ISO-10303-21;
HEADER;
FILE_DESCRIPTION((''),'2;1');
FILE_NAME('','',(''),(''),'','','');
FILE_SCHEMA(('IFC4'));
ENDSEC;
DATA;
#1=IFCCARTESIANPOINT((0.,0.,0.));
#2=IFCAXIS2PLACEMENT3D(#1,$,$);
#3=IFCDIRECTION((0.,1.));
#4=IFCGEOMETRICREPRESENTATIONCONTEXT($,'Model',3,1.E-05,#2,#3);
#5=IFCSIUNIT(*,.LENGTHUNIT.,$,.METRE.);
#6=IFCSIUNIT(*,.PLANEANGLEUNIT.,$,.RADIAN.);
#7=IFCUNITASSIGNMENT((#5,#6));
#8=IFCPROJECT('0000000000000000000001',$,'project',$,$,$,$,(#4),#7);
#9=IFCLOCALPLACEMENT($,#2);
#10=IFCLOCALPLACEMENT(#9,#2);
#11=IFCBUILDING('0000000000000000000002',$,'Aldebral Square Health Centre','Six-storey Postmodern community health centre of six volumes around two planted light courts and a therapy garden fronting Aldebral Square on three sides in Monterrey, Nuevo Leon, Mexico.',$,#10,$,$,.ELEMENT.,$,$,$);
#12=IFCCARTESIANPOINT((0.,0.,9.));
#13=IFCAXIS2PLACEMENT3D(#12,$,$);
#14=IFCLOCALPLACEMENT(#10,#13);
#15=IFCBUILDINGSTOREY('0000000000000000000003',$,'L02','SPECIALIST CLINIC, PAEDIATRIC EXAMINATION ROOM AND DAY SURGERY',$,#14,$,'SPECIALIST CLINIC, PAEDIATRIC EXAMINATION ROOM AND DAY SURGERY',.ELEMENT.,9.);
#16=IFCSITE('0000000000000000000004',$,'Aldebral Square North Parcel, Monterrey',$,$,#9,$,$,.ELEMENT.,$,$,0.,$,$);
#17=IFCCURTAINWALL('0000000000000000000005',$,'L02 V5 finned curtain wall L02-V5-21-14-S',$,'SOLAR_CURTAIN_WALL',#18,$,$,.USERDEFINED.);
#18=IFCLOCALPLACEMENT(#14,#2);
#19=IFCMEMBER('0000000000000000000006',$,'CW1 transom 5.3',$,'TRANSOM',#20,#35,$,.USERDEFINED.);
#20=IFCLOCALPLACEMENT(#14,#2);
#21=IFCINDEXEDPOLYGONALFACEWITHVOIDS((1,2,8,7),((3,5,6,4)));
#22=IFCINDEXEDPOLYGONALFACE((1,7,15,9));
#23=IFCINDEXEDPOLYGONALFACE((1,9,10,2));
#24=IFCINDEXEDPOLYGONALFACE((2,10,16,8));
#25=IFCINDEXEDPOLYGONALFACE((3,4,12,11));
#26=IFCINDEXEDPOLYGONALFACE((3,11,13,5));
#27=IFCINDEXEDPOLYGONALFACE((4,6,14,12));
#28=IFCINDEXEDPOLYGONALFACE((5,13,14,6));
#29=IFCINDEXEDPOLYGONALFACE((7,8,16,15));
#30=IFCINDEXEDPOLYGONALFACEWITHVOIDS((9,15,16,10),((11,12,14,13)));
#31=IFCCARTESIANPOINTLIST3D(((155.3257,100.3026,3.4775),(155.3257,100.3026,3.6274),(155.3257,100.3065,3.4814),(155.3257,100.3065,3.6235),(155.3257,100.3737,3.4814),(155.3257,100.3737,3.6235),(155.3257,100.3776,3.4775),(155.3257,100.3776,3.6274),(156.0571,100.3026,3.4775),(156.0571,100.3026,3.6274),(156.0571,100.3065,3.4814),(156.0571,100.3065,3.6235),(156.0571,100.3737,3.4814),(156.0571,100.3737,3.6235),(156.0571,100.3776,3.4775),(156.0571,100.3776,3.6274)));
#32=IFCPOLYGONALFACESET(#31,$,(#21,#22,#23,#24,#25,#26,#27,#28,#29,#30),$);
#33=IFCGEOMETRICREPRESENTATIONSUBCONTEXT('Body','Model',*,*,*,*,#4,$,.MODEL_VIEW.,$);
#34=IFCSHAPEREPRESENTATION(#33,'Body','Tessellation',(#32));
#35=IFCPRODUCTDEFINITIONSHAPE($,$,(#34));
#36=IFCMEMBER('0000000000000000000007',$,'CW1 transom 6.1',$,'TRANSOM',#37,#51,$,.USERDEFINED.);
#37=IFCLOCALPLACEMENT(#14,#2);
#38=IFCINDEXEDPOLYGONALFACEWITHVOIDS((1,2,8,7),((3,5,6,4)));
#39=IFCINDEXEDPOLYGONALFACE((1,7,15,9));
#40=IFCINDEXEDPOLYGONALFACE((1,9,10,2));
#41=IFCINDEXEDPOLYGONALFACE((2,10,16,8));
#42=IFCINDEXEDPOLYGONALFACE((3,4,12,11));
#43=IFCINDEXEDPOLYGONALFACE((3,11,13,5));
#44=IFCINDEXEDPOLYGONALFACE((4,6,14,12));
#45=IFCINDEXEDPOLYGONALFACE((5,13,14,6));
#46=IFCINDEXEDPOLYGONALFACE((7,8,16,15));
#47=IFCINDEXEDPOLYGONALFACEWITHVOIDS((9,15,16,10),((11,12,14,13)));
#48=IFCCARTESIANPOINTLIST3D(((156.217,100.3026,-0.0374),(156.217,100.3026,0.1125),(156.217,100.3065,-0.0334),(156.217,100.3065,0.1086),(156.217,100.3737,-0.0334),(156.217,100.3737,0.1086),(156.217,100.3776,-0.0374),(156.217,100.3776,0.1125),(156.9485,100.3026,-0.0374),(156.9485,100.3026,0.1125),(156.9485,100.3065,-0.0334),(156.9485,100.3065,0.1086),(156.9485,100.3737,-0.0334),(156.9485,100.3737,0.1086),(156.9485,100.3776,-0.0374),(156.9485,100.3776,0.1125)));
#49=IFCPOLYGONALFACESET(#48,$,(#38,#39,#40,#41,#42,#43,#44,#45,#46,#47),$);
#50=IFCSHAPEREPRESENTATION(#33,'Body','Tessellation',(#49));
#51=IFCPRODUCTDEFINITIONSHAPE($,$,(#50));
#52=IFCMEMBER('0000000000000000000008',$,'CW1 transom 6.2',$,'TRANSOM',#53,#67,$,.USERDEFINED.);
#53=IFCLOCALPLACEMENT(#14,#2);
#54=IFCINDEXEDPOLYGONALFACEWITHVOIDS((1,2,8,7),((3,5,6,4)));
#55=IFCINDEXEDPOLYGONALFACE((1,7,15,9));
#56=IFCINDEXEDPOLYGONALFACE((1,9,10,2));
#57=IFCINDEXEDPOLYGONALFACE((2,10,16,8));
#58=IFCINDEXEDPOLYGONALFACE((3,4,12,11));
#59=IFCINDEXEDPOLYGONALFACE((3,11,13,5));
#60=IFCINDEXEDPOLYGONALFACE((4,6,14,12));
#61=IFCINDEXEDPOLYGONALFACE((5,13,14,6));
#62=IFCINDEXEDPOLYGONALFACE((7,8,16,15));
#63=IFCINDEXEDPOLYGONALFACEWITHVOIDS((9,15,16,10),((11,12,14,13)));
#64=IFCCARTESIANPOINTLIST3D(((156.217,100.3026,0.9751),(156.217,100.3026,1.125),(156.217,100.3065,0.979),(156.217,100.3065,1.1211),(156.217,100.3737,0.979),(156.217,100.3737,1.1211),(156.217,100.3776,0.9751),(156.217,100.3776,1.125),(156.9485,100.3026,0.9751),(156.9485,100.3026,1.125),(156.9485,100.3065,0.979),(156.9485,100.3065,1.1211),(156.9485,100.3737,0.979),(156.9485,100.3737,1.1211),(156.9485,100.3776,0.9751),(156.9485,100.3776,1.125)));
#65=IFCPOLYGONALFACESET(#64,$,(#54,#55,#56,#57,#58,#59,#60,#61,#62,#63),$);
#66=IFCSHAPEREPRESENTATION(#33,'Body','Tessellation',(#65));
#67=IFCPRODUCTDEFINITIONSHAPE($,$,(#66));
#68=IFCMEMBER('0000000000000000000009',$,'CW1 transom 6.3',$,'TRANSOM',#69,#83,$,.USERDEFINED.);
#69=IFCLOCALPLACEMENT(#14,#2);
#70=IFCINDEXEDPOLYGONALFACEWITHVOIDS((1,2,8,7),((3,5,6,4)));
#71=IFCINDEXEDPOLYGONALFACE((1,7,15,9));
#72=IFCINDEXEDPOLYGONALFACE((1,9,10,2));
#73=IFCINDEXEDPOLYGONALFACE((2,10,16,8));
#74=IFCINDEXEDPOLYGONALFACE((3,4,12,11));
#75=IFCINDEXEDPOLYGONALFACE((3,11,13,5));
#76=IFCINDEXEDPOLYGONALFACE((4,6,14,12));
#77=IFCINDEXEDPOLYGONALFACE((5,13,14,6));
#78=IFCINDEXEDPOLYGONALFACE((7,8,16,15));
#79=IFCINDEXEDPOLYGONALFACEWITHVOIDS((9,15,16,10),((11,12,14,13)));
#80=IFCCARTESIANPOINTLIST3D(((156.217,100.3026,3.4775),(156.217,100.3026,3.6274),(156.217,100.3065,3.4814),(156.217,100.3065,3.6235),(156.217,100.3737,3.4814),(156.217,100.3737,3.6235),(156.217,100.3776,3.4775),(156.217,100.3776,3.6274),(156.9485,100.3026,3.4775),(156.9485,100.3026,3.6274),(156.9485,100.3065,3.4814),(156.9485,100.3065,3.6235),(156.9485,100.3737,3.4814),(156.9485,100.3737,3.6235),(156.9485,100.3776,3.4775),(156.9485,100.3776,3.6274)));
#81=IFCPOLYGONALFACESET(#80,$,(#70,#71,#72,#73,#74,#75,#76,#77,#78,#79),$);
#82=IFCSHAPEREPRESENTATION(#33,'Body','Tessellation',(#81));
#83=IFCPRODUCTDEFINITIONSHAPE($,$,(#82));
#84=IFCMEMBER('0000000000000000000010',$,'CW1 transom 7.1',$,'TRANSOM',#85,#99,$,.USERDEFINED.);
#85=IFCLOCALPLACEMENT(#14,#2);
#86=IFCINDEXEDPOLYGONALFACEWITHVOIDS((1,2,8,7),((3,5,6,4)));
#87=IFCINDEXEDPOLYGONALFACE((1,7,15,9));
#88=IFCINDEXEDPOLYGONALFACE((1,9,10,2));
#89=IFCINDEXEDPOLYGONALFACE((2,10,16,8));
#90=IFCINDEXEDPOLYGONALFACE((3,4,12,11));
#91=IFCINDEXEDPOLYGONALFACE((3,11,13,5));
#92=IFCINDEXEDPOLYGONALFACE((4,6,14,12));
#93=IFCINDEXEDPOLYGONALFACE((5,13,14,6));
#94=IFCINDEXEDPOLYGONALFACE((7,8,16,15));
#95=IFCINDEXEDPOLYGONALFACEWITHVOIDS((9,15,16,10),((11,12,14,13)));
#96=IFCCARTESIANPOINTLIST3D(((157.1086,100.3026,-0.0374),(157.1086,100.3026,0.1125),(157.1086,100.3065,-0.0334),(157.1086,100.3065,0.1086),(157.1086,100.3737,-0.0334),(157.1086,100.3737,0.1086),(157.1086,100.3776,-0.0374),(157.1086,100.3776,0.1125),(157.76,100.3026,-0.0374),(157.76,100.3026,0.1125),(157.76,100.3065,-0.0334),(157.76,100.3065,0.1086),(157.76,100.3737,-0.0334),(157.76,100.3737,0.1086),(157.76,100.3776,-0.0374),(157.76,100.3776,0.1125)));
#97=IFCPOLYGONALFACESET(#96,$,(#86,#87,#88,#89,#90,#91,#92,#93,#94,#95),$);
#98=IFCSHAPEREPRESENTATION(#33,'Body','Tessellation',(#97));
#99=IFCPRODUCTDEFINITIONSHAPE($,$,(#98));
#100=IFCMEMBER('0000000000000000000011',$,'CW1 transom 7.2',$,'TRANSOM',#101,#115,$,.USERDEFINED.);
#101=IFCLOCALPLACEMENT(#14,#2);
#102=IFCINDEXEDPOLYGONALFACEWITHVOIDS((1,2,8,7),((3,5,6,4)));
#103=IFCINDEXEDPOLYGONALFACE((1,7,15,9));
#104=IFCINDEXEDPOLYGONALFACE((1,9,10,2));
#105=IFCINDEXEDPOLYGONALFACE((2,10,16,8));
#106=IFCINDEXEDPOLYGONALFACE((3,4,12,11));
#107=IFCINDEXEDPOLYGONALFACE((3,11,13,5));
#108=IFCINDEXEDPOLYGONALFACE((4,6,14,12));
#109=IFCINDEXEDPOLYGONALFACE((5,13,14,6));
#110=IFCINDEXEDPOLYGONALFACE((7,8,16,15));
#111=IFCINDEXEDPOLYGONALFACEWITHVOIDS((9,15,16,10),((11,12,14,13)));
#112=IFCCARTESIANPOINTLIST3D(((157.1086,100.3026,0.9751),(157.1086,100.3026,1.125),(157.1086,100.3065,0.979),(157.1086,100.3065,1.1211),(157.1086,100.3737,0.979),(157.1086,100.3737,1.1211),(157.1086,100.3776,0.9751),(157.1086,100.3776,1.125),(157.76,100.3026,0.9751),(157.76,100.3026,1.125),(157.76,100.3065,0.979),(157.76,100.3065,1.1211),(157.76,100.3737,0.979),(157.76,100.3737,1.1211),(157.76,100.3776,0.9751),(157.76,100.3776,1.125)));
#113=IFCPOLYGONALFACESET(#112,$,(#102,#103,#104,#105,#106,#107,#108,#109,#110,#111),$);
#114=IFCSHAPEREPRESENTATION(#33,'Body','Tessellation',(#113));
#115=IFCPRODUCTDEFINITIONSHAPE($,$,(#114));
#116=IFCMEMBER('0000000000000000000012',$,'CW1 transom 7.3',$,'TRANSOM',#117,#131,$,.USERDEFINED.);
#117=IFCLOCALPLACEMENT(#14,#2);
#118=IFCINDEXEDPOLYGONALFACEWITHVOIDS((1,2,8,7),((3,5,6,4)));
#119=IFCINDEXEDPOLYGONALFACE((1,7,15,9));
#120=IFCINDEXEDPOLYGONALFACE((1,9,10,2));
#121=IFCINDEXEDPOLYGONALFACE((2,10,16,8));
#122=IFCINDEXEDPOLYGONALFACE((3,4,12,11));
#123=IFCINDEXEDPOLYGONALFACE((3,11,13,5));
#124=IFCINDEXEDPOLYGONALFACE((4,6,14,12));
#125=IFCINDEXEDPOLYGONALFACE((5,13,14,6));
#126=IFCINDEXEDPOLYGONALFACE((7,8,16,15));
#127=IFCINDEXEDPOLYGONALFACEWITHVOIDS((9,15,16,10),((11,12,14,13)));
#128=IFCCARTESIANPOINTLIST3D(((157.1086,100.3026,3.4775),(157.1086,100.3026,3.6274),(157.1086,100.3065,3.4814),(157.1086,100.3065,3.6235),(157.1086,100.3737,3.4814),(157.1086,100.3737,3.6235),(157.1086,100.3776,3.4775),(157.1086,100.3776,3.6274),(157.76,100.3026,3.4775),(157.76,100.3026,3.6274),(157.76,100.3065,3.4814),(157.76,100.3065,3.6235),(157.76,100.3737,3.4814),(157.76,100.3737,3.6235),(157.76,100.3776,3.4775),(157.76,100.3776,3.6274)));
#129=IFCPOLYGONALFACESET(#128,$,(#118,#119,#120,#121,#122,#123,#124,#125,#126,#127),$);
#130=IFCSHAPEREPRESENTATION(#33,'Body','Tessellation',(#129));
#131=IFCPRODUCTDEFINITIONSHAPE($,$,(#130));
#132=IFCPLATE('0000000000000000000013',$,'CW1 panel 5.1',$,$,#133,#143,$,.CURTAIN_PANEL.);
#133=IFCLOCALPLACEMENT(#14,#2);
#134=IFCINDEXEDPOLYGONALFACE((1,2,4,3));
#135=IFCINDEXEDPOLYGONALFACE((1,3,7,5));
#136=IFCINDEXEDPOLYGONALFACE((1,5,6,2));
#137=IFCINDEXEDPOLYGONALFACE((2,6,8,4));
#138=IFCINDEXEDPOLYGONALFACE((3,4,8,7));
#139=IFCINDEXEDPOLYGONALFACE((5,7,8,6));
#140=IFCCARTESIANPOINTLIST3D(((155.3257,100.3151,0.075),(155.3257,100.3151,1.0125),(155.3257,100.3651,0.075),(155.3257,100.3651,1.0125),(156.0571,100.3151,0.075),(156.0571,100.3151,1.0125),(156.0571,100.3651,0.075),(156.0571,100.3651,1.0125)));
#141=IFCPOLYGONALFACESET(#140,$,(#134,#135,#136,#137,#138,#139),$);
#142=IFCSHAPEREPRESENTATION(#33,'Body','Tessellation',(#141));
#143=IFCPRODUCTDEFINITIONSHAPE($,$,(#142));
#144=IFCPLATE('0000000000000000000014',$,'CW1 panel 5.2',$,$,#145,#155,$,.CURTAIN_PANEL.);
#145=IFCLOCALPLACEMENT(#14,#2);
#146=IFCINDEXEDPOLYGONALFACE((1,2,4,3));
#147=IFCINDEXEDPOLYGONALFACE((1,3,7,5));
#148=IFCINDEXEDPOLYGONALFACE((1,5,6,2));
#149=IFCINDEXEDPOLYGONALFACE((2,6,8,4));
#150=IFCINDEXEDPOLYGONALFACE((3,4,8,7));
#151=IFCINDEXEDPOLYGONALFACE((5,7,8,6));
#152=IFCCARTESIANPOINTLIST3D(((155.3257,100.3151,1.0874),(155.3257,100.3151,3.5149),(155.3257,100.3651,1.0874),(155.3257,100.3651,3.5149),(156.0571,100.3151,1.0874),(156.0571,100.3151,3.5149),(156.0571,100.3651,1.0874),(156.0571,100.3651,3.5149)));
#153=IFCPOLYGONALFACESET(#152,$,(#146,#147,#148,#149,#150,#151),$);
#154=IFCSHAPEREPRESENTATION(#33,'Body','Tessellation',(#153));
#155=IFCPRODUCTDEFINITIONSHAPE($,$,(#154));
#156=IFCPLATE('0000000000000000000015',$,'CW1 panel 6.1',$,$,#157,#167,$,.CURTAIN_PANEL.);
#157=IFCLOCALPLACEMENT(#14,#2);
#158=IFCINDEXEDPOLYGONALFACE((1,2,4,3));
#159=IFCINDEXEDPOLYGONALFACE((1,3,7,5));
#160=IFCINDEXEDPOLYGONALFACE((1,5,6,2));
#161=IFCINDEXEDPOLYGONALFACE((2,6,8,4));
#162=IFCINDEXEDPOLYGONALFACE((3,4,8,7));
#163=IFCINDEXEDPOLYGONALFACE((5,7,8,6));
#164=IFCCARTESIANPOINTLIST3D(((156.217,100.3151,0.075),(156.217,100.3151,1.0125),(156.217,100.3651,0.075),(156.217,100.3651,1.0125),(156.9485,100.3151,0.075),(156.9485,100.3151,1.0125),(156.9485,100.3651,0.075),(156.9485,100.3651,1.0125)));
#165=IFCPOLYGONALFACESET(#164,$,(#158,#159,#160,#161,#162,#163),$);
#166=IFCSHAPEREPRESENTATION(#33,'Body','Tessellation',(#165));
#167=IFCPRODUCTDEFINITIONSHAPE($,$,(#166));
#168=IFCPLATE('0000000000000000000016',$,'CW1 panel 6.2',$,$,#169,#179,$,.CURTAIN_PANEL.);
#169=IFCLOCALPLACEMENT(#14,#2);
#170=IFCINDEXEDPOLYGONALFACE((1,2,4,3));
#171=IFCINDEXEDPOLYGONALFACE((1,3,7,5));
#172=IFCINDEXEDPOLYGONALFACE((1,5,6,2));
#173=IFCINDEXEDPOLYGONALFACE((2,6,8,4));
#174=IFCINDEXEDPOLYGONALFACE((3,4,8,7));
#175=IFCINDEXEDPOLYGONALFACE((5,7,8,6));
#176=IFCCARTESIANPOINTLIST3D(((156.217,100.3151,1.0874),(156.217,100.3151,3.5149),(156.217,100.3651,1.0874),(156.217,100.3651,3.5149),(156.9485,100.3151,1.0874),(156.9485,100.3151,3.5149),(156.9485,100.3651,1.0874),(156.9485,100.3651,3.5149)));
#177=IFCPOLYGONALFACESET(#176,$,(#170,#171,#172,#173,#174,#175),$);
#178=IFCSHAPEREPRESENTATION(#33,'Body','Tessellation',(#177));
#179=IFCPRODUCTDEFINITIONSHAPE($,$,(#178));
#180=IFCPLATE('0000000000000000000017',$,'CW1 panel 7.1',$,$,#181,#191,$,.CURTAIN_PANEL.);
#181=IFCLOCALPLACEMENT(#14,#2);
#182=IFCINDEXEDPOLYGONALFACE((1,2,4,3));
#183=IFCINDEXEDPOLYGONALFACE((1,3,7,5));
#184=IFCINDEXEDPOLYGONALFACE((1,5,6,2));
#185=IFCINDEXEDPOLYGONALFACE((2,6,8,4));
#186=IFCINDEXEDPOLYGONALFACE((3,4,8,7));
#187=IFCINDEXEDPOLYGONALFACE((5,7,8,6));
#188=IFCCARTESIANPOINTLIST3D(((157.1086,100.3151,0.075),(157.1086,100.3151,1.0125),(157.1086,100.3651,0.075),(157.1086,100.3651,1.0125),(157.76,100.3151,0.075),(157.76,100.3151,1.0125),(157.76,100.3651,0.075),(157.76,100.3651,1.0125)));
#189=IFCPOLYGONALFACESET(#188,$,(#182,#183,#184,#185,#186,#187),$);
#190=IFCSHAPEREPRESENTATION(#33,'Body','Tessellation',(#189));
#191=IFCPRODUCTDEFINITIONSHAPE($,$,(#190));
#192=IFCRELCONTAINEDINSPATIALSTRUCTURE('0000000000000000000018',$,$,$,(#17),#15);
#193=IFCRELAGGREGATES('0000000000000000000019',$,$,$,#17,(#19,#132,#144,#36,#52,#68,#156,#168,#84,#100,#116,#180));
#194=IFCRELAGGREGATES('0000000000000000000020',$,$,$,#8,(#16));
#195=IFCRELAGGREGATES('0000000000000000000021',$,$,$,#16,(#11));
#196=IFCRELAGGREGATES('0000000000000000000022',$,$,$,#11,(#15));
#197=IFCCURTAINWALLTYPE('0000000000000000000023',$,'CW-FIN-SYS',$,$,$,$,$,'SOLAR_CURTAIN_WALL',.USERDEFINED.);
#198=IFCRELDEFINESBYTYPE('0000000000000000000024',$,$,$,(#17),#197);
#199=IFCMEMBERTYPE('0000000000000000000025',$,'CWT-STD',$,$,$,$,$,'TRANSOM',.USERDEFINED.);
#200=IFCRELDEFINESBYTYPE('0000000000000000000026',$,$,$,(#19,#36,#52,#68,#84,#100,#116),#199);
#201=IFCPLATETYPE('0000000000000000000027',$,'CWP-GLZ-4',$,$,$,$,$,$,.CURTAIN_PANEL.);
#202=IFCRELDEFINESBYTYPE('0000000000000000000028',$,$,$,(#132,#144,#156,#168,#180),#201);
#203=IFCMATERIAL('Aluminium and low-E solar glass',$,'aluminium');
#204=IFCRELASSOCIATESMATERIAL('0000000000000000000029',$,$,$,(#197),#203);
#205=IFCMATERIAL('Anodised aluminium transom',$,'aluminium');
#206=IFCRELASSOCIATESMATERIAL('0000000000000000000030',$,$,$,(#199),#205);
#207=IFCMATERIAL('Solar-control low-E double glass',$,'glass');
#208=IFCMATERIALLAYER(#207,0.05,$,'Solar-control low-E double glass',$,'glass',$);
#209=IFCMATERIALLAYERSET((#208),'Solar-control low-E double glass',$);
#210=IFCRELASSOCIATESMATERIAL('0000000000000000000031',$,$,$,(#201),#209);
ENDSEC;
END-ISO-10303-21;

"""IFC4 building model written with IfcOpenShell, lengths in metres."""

from ifc_helpers import new_model, si_unit, direction, frame, origin, origin_2d, place, context, subcontext, project, spatial, rectangle, hollow_rectangle, extrude, material, layer, layer_set, material_profile, profile_set, type_object, element, aggregate, save


model = new_model("IFC4")

# Units and contexts
model_context = context("Model", 3, precision=1e-05, world=origin(), true_north=direction((0.0, 1.0)))
body_context = subcontext(model_context, "Body", "Model", "MODEL_VIEW")
ifc_project = project(units=[si_unit("LENGTHUNIT", "METRE"), si_unit("PLANEANGLEUNIT", "RADIAN")], contexts=[model_context])

# Site, building, storey
site_placement = place(None, origin())
site = spatial("IfcSite", under=ifc_project, at=site_placement, Name="Aldebral Square North Parcel, Monterrey", CompositionType="ELEMENT", RefElevation=0.0)
building_placement = place(site_placement, origin())
building = spatial("IfcBuilding", under=site, at=building_placement, Name="Aldebral Square Health Centre", Description="Six-storey Postmodern community health centre of six volumes around two planted light courts and a therapy garden fronting Aldebral Square on three sides in Monterrey, Nuevo Leon, Mexico.", CompositionType="ELEMENT")
storey_placement = place(building_placement, frame((0.0, 0.0, 9.0)))
storey = spatial("IfcBuildingStorey", under=building, at=storey_placement, Name="L02", Description="SPECIALIST CLINIC, PAEDIATRIC EXAMINATION ROOM AND DAY SURGERY", LongName="SPECIALIST CLINIC, PAEDIATRIC EXAMINATION ROOM AND DAY SURGERY", CompositionType="ELEMENT", Elevation=9.0)

# Curtain wall, members, plates
ifc_material_1 = material(Name="Aluminium and low-E solar glass", Category="aluminium")
curtain_wall_type = type_object("IfcCurtainWallType", Name="CW-FIN-SYS", ElementType="SOLAR_CURTAIN_WALL", PredefinedType="USERDEFINED", material=ifc_material_1)
curtain_wall_placement = place(storey_placement, origin())
curtain_wall = element("IfcCurtainWall", 1, at=curtain_wall_placement, inside=storey, type_object=curtain_wall_type, Name="L02 V5 finned curtain wall L02-V5-21-14-S", ObjectType="SOLAR_CURTAIN_WALL", PredefinedType="USERDEFINED")
ifc_material_2 = material(Name="Anodised aluminium transom", Category="aluminium")
ifc_material_profile_1 = material_profile(ifc_material_2, hollow_rectangle(XDim=0.075, YDim=0.1499, WallThickness=0.0039, at=origin_2d()), Name="CWT 75x150x4")
ifc_profile_set_1 = profile_set([ifc_material_profile_1], Name="Anodised aluminium transom")
member_type_1 = type_object("IfcMemberType", Name="CWT-STD", ElementType="TRANSOM", PredefinedType="USERDEFINED", material=ifc_profile_set_1)
member_1_placement = place(storey_placement, frame((155.3257, 100.3401, 3.5525), z_axis=(1.0, 0.0, 0.0), x_axis=(0.0, 1.0, 0.0)))
member_1 = element("IfcMember", 2, at=member_1_placement, type_object=member_type_1, Name="CW1 transom 5.3", ObjectType="TRANSOM", PredefinedType="USERDEFINED", context=body_context, shape_type="SweptSolid", body=[
    extrude(hollow_rectangle(XDim=0.075, YDim=0.1499, WallThickness=0.0039, at=origin_2d()), origin(), (0.0, 0.0, 1.0), 0.7314),
])
member_2_placement = place(storey_placement, frame((156.217, 100.3401, 0.0376), z_axis=(1.0, 0.0, 0.0), x_axis=(0.0, 1.0, 0.0)))
member_2 = element("IfcMember", 3, at=member_2_placement, type_object=member_type_1, Name="CW1 transom 6.1", ObjectType="TRANSOM", PredefinedType="USERDEFINED", context=body_context, shape_type="SweptSolid", body=[
    extrude(hollow_rectangle(XDim=0.075, YDim=0.1499, WallThickness=0.0039, at=origin_2d()), origin(), (0.0, 0.0, 1.0), 0.7314),
])
member_3_placement = place(storey_placement, frame((156.217, 100.3401, 1.05), z_axis=(1.0, 0.0, 0.0), x_axis=(0.0, 1.0, 0.0)))
member_3 = element("IfcMember", 4, at=member_3_placement, type_object=member_type_1, Name="CW1 transom 6.2", ObjectType="TRANSOM", PredefinedType="USERDEFINED", context=body_context, shape_type="SweptSolid", body=[
    extrude(hollow_rectangle(XDim=0.075, YDim=0.1499, WallThickness=0.0039, at=origin_2d()), origin(), (0.0, 0.0, 1.0), 0.7314),
])
member_4_placement = place(storey_placement, frame((156.217, 100.3401, 3.5525), z_axis=(1.0, 0.0, 0.0), x_axis=(0.0, 1.0, 0.0)))
member_4 = element("IfcMember", 5, at=member_4_placement, type_object=member_type_1, Name="CW1 transom 6.3", ObjectType="TRANSOM", PredefinedType="USERDEFINED", context=body_context, shape_type="SweptSolid", body=[
    extrude(hollow_rectangle(XDim=0.075, YDim=0.1499, WallThickness=0.0039, at=origin_2d()), origin(), (0.0, 0.0, 1.0), 0.7314),
])
member_5_placement = place(storey_placement, frame((157.1086, 100.3401, 0.0376), z_axis=(1.0, 0.0, 0.0), x_axis=(0.0, 1.0, 0.0)))
member_5 = element("IfcMember", 6, at=member_5_placement, type_object=member_type_1, Name="CW1 transom 7.1", ObjectType="TRANSOM", PredefinedType="USERDEFINED", context=body_context, shape_type="SweptSolid", body=[
    extrude(hollow_rectangle(XDim=0.075, YDim=0.1499, WallThickness=0.0039, at=origin_2d()), origin(), (0.0, 0.0, 1.0), 0.6514),
])
member_6_placement = place(storey_placement, frame((157.1086, 100.3401, 1.05), z_axis=(1.0, 0.0, 0.0), x_axis=(0.0, 1.0, 0.0)))
member_6 = element("IfcMember", 7, at=member_6_placement, type_object=member_type_1, Name="CW1 transom 7.2", ObjectType="TRANSOM", PredefinedType="USERDEFINED", context=body_context, shape_type="SweptSolid", body=[
    extrude(hollow_rectangle(XDim=0.075, YDim=0.1499, WallThickness=0.0039, at=origin_2d()), origin(), (0.0, 0.0, 1.0), 0.6514),
])
member_7_placement = place(storey_placement, frame((157.1086, 100.3401, 3.5525), z_axis=(1.0, 0.0, 0.0), x_axis=(0.0, 1.0, 0.0)))
member_7 = element("IfcMember", 8, at=member_7_placement, type_object=member_type_1, Name="CW1 transom 7.3", ObjectType="TRANSOM", PredefinedType="USERDEFINED", context=body_context, shape_type="SweptSolid", body=[
    extrude(hollow_rectangle(XDim=0.075, YDim=0.1499, WallThickness=0.0039, at=origin_2d()), origin(), (0.0, 0.0, 1.0), 0.6514),
])
ifc_material_3 = material(Name="Solar-control low-E double glass", Category="glass")
ifc_layer_1 = layer(ifc_material_3, 0.05, Name="Solar-control low-E double glass", Category="glass")
ifc_layer_set_1 = layer_set([ifc_layer_1], Name="Solar-control low-E double glass")
plate_type = type_object("IfcPlateType", Name="CWP-GLZ-4", PredefinedType="CURTAIN_PANEL", material=ifc_layer_set_1)
plate_1_placement = place(storey_placement, frame((155.6914, 100.3401, 0.075), z_axis=(0.0, 0.0, 1.0), x_axis=(1.0, 0.0, 0.0)))
plate_1 = element("IfcPlate", 9, at=plate_1_placement, type_object=plate_type, Name="CW1 panel 5.1", PredefinedType="CURTAIN_PANEL", context=body_context, shape_type="SweptSolid", body=[
    extrude(rectangle(XDim=0.7314, YDim=0.05, at=origin_2d()), origin(), (0.0, 0.0, 1.0), 0.9375),
])
plate_2_placement = place(storey_placement, frame((155.6914, 100.3401, 1.0874), z_axis=(0.0, 0.0, 1.0), x_axis=(1.0, 0.0, 0.0)))
plate_2 = element("IfcPlate", 10, at=plate_2_placement, type_object=plate_type, Name="CW1 panel 5.2", PredefinedType="CURTAIN_PANEL", context=body_context, shape_type="SweptSolid", body=[
    extrude(rectangle(XDim=0.7314, YDim=0.05, at=origin_2d()), origin(), (0.0, 0.0, 1.0), 2.4275),
])
plate_3_placement = place(storey_placement, frame((156.5828, 100.3401, 0.075), z_axis=(0.0, 0.0, 1.0), x_axis=(1.0, 0.0, 0.0)))
plate_3 = element("IfcPlate", 11, at=plate_3_placement, type_object=plate_type, Name="CW1 panel 6.1", PredefinedType="CURTAIN_PANEL", context=body_context, shape_type="SweptSolid", body=[
    extrude(rectangle(XDim=0.7314, YDim=0.05, at=origin_2d()), origin(), (0.0, 0.0, 1.0), 0.9375),
])
plate_4_placement = place(storey_placement, frame((156.5828, 100.3401, 1.0874), z_axis=(0.0, 0.0, 1.0), x_axis=(1.0, 0.0, 0.0)))
plate_4 = element("IfcPlate", 12, at=plate_4_placement, type_object=plate_type, Name="CW1 panel 6.2", PredefinedType="CURTAIN_PANEL", context=body_context, shape_type="SweptSolid", body=[
    extrude(rectangle(XDim=0.7314, YDim=0.05, at=origin_2d()), origin(), (0.0, 0.0, 1.0), 2.4275),
])
plate_5_placement = place(storey_placement, frame((157.4343, 100.3401, 0.075), z_axis=(0.0, 0.0, 1.0), x_axis=(1.0, 0.0, 0.0)))
plate_5 = element("IfcPlate", 13, at=plate_5_placement, type_object=plate_type, Name="CW1 panel 7.1", PredefinedType="CURTAIN_PANEL", context=body_context, shape_type="SweptSolid", body=[
    extrude(rectangle(XDim=0.6514, YDim=0.05, at=origin_2d()), origin(), (0.0, 0.0, 1.0), 0.9375),
])
aggregate(curtain_wall, [member_1, plate_1, plate_2, member_2, member_3, member_4, plate_3, plate_4, member_5, member_6, member_7, plate_5])

save(model, "model.ifc")
